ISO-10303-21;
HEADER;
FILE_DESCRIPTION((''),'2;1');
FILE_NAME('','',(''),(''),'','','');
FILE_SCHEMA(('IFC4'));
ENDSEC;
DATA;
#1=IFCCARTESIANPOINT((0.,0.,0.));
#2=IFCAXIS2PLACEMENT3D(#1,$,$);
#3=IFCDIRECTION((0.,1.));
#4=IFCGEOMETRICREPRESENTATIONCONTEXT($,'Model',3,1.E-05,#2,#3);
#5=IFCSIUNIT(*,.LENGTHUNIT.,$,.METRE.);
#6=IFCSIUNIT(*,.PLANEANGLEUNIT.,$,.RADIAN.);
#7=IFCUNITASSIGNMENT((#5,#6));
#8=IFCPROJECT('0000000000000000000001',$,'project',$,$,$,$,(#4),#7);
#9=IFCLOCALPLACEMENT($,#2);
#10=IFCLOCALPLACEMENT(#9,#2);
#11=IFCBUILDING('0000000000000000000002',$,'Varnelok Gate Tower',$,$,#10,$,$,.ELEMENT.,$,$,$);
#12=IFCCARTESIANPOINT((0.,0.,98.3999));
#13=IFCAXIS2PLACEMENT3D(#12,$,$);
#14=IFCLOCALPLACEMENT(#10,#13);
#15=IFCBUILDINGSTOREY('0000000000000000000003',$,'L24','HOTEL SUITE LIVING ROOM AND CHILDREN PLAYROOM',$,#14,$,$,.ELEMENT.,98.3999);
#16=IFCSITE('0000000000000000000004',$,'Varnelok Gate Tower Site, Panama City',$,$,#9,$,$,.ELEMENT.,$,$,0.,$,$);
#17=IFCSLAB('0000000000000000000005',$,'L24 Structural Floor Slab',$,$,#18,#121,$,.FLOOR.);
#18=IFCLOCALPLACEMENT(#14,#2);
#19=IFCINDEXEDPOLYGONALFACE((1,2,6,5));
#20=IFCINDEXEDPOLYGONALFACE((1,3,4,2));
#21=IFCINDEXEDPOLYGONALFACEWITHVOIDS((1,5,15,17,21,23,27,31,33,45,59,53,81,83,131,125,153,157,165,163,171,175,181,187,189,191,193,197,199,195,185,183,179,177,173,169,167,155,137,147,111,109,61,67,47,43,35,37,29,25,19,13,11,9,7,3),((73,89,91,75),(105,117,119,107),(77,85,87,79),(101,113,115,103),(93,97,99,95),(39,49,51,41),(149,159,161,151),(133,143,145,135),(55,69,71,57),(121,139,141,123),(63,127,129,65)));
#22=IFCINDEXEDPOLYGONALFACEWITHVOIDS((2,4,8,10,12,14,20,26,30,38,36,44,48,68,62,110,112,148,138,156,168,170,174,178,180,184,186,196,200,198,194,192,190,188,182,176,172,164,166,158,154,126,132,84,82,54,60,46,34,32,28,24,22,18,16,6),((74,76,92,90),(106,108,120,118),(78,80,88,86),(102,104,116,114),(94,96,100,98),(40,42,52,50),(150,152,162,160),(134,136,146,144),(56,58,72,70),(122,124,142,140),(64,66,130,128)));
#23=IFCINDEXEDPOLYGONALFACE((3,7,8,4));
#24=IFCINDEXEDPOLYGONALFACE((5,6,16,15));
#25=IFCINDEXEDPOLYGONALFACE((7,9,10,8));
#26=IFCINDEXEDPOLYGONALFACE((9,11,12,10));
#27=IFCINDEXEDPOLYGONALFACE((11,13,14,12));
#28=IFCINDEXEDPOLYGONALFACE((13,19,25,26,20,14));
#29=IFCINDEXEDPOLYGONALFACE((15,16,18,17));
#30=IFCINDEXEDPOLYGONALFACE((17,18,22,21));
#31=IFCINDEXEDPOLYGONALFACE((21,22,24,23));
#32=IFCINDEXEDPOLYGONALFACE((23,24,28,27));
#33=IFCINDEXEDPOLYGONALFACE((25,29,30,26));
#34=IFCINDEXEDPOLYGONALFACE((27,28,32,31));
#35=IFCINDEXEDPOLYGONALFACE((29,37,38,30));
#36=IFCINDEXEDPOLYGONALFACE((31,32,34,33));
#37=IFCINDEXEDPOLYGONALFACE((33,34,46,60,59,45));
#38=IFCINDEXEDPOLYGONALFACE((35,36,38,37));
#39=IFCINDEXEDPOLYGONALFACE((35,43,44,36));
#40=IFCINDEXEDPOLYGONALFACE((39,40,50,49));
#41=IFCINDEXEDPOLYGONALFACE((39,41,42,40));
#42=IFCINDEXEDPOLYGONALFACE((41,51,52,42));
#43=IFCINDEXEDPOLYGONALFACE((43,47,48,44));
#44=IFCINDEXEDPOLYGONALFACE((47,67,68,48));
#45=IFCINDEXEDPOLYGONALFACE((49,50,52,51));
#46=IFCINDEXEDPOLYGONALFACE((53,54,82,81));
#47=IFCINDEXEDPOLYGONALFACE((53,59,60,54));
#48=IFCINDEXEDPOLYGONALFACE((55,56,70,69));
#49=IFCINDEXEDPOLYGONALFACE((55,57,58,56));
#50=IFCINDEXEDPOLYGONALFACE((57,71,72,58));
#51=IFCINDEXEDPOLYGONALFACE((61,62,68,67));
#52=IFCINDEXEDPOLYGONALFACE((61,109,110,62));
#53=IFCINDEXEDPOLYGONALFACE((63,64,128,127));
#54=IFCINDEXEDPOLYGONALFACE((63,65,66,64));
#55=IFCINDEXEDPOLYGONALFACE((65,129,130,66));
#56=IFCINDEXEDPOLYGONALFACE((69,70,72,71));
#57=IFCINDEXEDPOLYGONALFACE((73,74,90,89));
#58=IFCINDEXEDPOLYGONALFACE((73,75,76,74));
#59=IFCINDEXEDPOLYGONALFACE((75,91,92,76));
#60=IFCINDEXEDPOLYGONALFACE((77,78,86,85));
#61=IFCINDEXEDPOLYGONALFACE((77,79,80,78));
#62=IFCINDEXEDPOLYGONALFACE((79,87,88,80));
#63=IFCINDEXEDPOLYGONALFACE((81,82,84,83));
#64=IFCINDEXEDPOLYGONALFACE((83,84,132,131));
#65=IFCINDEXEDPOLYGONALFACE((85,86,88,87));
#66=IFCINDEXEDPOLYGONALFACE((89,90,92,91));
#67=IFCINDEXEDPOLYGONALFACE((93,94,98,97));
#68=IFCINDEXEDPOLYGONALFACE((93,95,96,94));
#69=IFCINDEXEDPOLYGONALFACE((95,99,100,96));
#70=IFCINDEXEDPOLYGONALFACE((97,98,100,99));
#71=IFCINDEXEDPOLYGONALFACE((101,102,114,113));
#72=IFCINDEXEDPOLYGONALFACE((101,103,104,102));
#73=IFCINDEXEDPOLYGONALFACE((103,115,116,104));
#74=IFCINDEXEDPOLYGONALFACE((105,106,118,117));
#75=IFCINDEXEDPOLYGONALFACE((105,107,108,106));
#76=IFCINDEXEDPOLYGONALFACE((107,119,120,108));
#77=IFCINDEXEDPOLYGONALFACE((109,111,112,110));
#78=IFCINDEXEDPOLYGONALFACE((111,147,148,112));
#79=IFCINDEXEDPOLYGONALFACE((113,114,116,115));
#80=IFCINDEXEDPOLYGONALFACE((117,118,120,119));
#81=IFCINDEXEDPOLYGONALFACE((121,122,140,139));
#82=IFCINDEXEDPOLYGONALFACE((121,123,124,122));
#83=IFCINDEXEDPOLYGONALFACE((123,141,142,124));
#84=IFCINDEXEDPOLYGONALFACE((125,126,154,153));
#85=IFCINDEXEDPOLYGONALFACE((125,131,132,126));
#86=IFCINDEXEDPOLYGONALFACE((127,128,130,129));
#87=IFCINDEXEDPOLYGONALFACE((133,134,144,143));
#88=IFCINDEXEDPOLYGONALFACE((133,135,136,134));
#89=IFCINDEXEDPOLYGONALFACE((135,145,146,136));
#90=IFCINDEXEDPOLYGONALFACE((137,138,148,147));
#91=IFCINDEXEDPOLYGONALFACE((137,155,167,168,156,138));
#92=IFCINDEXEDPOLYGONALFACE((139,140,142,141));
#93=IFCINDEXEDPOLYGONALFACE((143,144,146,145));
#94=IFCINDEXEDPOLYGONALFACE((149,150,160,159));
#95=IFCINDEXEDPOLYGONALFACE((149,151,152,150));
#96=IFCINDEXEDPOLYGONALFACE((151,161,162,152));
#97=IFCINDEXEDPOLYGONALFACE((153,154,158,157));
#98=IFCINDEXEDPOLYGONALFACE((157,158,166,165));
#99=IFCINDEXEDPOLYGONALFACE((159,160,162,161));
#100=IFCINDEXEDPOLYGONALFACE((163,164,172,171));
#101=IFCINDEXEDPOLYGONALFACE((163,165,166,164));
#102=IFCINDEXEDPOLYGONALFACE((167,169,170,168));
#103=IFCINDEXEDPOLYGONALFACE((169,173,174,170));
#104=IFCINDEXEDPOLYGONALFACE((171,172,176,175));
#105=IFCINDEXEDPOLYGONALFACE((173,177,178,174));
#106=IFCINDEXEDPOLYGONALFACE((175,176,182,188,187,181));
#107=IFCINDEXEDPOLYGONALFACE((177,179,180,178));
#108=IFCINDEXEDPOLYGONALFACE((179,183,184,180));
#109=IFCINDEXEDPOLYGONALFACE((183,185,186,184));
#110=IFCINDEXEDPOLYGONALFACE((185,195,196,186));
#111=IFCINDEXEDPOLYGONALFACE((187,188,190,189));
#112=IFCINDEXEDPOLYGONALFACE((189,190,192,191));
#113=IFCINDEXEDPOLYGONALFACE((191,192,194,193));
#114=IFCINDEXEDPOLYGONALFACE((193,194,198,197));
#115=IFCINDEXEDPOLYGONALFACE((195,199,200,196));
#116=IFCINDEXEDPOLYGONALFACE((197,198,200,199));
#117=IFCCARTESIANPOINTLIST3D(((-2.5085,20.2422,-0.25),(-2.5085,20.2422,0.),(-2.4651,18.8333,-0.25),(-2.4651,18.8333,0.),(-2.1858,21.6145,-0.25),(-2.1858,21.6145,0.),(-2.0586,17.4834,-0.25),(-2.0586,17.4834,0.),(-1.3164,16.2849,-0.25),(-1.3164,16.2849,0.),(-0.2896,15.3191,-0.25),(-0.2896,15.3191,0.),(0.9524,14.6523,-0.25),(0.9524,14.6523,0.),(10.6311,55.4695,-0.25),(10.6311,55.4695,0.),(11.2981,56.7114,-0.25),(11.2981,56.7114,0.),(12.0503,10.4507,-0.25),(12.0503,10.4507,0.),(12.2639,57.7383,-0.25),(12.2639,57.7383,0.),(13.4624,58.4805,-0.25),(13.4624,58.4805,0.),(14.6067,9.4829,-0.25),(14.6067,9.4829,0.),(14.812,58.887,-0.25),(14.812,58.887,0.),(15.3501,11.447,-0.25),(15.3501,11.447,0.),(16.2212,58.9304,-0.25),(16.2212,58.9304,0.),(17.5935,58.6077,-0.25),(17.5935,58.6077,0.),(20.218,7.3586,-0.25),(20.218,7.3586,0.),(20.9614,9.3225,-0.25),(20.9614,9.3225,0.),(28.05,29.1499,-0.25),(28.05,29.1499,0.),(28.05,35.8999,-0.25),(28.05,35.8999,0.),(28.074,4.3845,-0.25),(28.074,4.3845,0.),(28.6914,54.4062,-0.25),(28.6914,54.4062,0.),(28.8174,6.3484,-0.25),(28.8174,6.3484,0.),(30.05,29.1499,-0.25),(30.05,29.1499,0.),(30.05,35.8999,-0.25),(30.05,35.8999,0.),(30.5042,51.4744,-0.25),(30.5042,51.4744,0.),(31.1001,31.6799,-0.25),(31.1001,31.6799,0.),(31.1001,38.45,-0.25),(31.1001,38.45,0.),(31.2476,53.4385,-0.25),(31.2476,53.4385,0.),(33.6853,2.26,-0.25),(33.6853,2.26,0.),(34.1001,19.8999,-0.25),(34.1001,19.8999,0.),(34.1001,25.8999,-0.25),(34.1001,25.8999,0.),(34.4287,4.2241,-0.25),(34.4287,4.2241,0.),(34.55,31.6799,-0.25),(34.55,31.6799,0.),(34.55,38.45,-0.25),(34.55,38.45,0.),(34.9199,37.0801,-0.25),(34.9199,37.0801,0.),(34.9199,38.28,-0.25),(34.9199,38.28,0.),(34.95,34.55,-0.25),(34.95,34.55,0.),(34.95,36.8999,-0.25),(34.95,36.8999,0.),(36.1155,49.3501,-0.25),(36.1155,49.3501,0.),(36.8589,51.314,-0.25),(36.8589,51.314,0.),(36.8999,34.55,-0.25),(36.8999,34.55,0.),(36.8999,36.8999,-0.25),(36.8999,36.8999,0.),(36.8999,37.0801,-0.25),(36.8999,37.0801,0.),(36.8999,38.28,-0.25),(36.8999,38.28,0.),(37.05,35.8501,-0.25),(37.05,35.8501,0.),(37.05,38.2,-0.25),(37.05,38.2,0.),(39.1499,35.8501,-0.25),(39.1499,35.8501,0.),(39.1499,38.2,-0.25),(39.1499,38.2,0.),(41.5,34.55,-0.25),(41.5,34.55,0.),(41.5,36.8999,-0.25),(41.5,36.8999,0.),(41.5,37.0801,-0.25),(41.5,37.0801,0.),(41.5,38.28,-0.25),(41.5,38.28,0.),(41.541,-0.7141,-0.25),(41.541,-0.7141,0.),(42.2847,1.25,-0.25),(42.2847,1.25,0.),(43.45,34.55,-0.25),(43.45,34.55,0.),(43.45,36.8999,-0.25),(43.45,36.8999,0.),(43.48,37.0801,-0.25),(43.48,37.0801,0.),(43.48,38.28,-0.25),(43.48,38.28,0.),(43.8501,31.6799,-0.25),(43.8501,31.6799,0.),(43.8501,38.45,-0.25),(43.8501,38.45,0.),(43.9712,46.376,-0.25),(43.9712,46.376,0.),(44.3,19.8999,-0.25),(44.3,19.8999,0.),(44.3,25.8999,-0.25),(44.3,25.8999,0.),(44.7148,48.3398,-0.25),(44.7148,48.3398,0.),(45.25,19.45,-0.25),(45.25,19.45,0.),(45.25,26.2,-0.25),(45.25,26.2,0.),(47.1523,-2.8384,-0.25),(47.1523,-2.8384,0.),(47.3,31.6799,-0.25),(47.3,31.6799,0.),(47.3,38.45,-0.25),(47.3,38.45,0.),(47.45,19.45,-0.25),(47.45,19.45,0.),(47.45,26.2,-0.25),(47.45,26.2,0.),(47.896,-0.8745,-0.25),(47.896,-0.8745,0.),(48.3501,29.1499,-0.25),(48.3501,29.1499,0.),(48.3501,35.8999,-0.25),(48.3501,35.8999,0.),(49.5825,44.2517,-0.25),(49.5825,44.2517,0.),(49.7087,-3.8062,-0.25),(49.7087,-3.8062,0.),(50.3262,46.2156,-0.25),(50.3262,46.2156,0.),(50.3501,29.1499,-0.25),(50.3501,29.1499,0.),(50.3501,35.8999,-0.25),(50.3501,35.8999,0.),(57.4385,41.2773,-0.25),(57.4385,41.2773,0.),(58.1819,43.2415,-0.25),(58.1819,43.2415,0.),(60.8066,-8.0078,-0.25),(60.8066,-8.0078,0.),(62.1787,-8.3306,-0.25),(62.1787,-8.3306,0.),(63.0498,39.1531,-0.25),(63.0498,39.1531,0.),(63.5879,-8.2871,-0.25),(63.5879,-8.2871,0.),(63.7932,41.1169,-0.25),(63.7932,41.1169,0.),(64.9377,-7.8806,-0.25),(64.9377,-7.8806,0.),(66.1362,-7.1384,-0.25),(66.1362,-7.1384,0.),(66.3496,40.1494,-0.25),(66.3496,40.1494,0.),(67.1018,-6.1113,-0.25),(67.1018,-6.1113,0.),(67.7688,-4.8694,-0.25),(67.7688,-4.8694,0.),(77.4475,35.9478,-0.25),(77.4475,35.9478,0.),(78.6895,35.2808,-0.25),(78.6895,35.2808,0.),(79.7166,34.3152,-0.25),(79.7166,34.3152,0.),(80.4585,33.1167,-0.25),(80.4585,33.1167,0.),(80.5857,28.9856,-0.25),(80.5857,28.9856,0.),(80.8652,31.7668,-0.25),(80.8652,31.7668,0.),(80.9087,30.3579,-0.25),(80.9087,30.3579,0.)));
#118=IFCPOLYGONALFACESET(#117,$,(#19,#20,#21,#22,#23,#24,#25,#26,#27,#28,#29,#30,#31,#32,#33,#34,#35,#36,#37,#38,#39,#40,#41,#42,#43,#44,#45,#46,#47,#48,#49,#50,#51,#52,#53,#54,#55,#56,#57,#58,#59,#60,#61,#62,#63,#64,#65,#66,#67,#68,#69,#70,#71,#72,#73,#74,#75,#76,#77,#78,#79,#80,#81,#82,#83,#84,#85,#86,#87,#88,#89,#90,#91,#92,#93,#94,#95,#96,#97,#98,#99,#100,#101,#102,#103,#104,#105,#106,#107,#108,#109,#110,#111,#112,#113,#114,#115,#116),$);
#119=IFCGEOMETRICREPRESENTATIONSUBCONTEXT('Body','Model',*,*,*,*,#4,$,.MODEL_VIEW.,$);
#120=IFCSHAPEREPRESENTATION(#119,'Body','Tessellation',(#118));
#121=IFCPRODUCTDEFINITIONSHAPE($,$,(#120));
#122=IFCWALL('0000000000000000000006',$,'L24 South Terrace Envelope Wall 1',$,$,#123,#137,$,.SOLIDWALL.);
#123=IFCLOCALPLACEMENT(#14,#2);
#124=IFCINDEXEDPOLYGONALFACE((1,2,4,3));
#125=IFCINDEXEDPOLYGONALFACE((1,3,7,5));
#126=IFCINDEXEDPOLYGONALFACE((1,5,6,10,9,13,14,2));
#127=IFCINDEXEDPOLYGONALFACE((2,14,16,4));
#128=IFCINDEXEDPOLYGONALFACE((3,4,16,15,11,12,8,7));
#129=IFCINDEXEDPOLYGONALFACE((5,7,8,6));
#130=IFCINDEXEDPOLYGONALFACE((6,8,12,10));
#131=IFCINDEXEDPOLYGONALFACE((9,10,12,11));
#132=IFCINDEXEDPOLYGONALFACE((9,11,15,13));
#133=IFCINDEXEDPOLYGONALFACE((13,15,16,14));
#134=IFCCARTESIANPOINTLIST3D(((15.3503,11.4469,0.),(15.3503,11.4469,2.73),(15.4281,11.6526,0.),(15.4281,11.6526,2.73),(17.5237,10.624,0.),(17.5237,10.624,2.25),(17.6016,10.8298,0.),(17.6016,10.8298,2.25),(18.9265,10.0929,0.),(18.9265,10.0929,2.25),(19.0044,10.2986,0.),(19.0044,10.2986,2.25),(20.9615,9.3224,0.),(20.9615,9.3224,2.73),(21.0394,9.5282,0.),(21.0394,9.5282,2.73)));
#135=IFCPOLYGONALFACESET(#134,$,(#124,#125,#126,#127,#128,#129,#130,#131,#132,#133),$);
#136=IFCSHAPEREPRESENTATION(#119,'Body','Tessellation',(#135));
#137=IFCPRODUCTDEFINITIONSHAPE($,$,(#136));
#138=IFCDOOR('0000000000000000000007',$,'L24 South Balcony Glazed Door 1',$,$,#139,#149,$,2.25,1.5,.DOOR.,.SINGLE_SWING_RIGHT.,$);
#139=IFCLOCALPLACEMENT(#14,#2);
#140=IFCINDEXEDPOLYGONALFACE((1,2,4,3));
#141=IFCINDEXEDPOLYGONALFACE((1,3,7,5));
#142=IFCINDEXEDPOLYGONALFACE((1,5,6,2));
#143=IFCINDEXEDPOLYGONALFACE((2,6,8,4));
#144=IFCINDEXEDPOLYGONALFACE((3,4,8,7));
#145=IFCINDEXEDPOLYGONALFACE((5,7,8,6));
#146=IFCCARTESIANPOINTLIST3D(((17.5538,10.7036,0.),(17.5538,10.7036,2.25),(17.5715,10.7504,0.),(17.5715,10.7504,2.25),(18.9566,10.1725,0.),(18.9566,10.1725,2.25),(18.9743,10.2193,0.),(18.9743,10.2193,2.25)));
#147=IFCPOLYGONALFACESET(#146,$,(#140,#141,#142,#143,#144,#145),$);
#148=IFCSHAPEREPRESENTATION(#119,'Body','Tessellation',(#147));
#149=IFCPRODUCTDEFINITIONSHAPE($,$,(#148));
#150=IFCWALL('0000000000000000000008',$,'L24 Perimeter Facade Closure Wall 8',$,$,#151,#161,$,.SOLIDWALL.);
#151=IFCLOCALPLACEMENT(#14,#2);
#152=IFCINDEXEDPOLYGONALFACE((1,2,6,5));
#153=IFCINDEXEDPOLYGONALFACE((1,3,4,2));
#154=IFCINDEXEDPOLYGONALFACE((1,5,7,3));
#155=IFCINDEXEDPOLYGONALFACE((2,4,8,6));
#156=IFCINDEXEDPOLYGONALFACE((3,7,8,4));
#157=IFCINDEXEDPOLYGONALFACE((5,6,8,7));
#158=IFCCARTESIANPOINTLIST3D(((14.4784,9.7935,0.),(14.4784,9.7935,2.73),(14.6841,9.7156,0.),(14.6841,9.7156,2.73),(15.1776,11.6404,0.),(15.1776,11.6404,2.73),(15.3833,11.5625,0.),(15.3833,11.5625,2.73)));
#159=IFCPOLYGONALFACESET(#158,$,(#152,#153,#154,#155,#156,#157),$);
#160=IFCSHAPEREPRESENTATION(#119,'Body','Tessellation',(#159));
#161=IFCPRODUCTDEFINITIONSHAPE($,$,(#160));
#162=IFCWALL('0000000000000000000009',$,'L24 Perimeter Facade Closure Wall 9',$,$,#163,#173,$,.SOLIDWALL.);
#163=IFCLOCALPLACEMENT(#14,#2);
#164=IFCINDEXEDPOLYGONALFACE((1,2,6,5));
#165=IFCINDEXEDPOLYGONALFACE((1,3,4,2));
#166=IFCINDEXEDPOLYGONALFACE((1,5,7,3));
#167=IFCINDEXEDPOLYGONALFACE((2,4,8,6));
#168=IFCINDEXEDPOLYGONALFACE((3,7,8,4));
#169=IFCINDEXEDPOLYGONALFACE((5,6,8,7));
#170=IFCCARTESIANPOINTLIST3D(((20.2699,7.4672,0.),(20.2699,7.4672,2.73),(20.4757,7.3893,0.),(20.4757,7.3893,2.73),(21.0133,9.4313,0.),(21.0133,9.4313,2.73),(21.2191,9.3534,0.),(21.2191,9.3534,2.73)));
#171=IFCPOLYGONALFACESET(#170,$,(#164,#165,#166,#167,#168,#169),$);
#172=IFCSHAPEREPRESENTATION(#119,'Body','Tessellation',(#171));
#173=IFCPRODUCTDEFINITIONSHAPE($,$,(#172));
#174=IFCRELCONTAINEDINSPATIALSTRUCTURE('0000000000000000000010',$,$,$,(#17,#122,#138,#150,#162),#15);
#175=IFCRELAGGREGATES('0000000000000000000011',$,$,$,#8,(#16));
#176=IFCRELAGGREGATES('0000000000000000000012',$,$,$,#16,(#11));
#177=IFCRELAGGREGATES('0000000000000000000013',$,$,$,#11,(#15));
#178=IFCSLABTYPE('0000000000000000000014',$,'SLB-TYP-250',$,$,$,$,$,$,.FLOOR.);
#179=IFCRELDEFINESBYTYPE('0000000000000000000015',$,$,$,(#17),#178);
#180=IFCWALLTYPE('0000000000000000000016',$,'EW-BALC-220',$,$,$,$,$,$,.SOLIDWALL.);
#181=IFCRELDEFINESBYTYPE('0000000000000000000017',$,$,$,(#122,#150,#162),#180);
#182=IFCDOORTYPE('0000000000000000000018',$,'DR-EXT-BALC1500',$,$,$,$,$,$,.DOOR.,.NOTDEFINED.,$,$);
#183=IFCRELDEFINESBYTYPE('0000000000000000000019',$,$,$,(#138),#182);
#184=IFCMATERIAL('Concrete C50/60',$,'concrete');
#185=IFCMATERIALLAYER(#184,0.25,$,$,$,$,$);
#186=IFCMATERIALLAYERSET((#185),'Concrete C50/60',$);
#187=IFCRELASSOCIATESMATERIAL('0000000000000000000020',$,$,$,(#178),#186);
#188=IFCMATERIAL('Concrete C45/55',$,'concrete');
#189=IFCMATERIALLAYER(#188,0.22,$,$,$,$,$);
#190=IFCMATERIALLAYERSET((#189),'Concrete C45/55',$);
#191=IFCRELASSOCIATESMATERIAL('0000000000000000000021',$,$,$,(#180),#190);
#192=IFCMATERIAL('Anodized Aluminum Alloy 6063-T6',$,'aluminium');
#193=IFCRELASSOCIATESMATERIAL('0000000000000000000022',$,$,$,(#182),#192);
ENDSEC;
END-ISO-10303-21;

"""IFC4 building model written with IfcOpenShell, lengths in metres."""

from ifc_helpers import new_model, si_unit, direction, frame, frame_2d, origin, place, context, subcontext, project, spatial, polyline, rectangle, outline, extrude, material, layer, layer_set, type_object, element, fill, save


model = new_model("IFC4")

# Units and contexts
model_context = context("Model", 3, precision=1e-05, world=origin(), true_north=direction((0.0, 1.0)))
body_context = subcontext(model_context, "Body", "Model", "MODEL_VIEW")
ifc_project = project(units=[si_unit("LENGTHUNIT", "METRE"), si_unit("PLANEANGLEUNIT", "RADIAN")], contexts=[model_context])

# Site, building, storey
site_placement = place(None, origin())
site = spatial("IfcSite", under=ifc_project, at=site_placement, Name="Varnelok Gate Tower Site, Panama City", CompositionType="ELEMENT", RefElevation=0.0)
building_placement = place(site_placement, origin())
building = spatial("IfcBuilding", under=site, at=building_placement, Name="Varnelok Gate Tower", CompositionType="ELEMENT")
storey_placement = place(building_placement, frame((0.0, 0.0, 98.3999)))
storey = spatial("IfcBuildingStorey", under=building, at=storey_placement, Name="L24", Description="HOTEL SUITE LIVING ROOM AND CHILDREN PLAYROOM", CompositionType="ELEMENT", Elevation=98.3999)

# Shared definitions
ifc_material_1 = material(Name="Concrete C45/55", Category="concrete")

# Shared definitions
ifc_material_2 = material(Name="Concrete C50/60", Category="concrete")

# Slab
ifc_layer_1 = layer(ifc_material_2, 0.25)
ifc_layer_set_1 = layer_set([ifc_layer_1], Name="Concrete C50/60")
slab_type_1 = type_object("IfcSlabType", Name="SLB-TYP-250", PredefinedType="FLOOR", material=ifc_layer_set_1)
slab_1_placement = place(storey_placement, frame((0.0, 0.0, -0.25)))
element("IfcSlab", 1, at=slab_1_placement, inside=storey, type_object=slab_type_1, Name="L24 Structural Floor Slab", PredefinedType="FLOOR", context=body_context, shape_type="SweptSolid", body=[
    extrude(outline(polyline([(-2.1858, 21.6145), (-2.5085, 20.2422), (-2.4651, 18.8333), (-2.0586, 17.4834), (-1.3164, 16.2849), (-0.2896, 15.3191), (0.9524, 14.6523), (12.0503, 10.4507), (14.6067, 9.4829), (15.3501, 11.447), (20.9614, 9.3225), (20.218, 7.3586), (28.074, 4.3845), (28.8174, 6.3484), (34.4287, 4.2241), (33.6853, 2.26), (41.541, -0.7141), (42.2847, 1.25), (47.896, -0.8745), (47.1523, -2.8384), (49.7087, -3.8062), (60.8066, -8.0078), (62.1787, -8.3306), (63.5879, -8.2871), (64.9377, -7.8806), (66.1362, -7.1384), (67.1018, -6.1113), (67.7688, -4.8694), (80.5857, 28.9856), (80.9087, 30.3579), (80.8652, 31.7668), (80.4585, 33.1167), (79.7166, 34.3152), (78.6895, 35.2808), (77.4475, 35.9478), (66.3496, 40.1494), (63.7932, 41.1169), (63.0498, 39.1531), (57.4385, 41.2773), (58.1819, 43.2415), (50.3262, 46.2156), (49.5825, 44.2517), (43.9712, 46.376), (44.7148, 48.3398), (36.8589, 51.314), (36.1155, 49.3501), (30.5042, 51.4744), (31.2476, 53.4385), (28.6914, 54.4062), (17.5935, 58.6077), (16.2212, 58.9304), (14.812, 58.887), (13.4624, 58.4805), (12.2639, 57.7383), (11.2981, 56.7114), (10.6311, 55.4695), (-2.1858, 21.6145)]), holes=[polyline([(34.55, 31.6799), (34.55, 38.45), (31.1001, 38.45), (31.1001, 31.6799), (34.55, 31.6799)]), polyline([(47.3, 31.6799), (47.3, 38.45), (43.8501, 38.45), (43.8501, 31.6799), (47.3, 31.6799)]), polyline([(34.95, 34.55), (36.8999, 34.55), (36.8999, 36.8999), (34.95, 36.8999), (34.95, 34.55)]), polyline([(41.5, 34.55), (43.45, 34.55), (43.45, 36.8999), (41.5, 36.8999), (41.5, 34.55)]), polyline([(37.05, 35.8501), (39.1499, 35.8501), (39.1499, 38.2), (37.05, 38.2), (37.05, 35.8501)]), polyline([(28.05, 29.1499), (30.05, 29.1499), (30.05, 35.8999), (28.05, 35.8999), (28.05, 29.1499)]), polyline([(48.3501, 29.1499), (50.3501, 29.1499), (50.3501, 35.8999), (48.3501, 35.8999), (48.3501, 29.1499)]), polyline([(45.25, 19.45), (47.45, 19.45), (47.45, 26.2), (45.25, 26.2), (45.25, 19.45)]), polyline([(34.9199, 37.0801), (36.8999, 37.0801), (36.8999, 38.28), (34.9199, 38.28), (34.9199, 37.0801)]), polyline([(41.5, 37.0801), (43.48, 37.0801), (43.48, 38.28), (41.5, 38.28), (41.5, 37.0801)]), polyline([(34.1001, 19.8999), (44.3, 19.8999), (44.3, 25.8999), (34.1001, 25.8999), (34.1001, 19.8999)])]), origin(), (0.0, 0.0, 1.0), 0.25),
])

# Wall, opening, door
ifc_layer_2 = layer(ifc_material_1, 0.22)
ifc_layer_set_2 = layer_set([ifc_layer_2], Name="Concrete C45/55")
wall_type = type_object("IfcWallType", Name="EW-BALC-220", PredefinedType="SOLIDWALL", material=ifc_layer_set_2)
wall_1_placement = place(storey_placement, frame((21.0005, 9.4253, 0.0), z_axis=(0.0, 0.0, 1.0), x_axis=(-0.935214, 0.354083, 0.0)))
wall_1 = element("IfcWall", 2, at=wall_1_placement, inside=storey, type_object=wall_type, Name="L24 South Terrace Envelope Wall 1", PredefinedType="SOLIDWALL", context=body_context, shape_type="SweptSolid", body=[
    extrude(rectangle(XDim=6.0, YDim=0.22, at=frame_2d((3.0, 0.0))), origin(), (0.0, 0.0, 1.0), 2.73),
])
opening_1_placement = place(wall_1_placement, frame((2.176, 0.0, 0.0)))
opening_1 = element("IfcOpeningElement", 3, at=opening_1_placement, cuts=wall_1, PredefinedType="OPENING", context=body_context, shape_type="SweptSolid", body=[
    extrude(rectangle(XDim=1.5, YDim=2.25, at=frame_2d((0.75, 1.125))), frame((0.0, 0.1199, 0.0), z_axis=(0.0, -1.0, 0.0), x_axis=(1.0, 0.0, 0.0)), (0.0, 0.0, 1.0), 0.24),
])
ifc_material_3 = material(Name="Anodized Aluminum Alloy 6063-T6", Category="aluminium")
door_type = type_object("IfcDoorType", Name="DR-EXT-BALC1500", OperationType="NOTDEFINED", PredefinedType="DOOR", material=ifc_material_3)
door_placement = place(opening_1_placement, origin())
door = element("IfcDoor", 4, at=door_placement, inside=storey, type_object=door_type, Name="L24 South Balcony Glazed Door 1", OperationType="SINGLE_SWING_RIGHT", OverallHeight=2.25, OverallWidth=1.5, PredefinedType="DOOR", context=body_context, shape_type="SweptSolid", body=[
    extrude(rectangle(XDim=1.5, YDim=2.25, at=frame_2d((0.75, 1.125))), frame((0.0, 0.0249, 0.0), z_axis=(0.0, -1.0, 0.0), x_axis=(1.0, 0.0, 0.0)), (0.0, 0.0, 1.0), 0.05),
])
fill(opening_1, door)

# Walls
wall_2_placement = place(storey_placement, frame((14.5813, 9.7546, 0.0), z_axis=(0.0, 0.0, 1.0), x_axis=(0.354062, 0.935222, 0.0)))
element("IfcWall", 5, at=wall_2_placement, inside=storey, type_object=wall_type, Name="L24 Perimeter Facade Closure Wall 8", PredefinedType="SOLIDWALL", context=body_context, shape_type="SweptSolid", body=[
    extrude(rectangle(XDim=1.9749, YDim=0.22, at=frame_2d((0.9873, 0.0))), origin(), (0.0, 0.0, 1.0), 2.73),
])
wall_3_placement = place(storey_placement, frame((21.1162, 9.3923, 0.0), z_axis=(0.0, 0.0, 1.0), x_axis=(-0.353988, -0.93525, 0.0)))
element("IfcWall", 6, at=wall_3_placement, inside=storey, type_object=wall_type, Name="L24 Perimeter Facade Closure Wall 9", PredefinedType="SOLIDWALL", context=body_context, shape_type="SweptSolid", body=[
    extrude(rectangle(XDim=2.1001, YDim=0.22, at=frame_2d((1.05, 0.0))), origin(), (0.0, 0.0, 1.0), 2.73),
])

save(model, "model.ifc")
